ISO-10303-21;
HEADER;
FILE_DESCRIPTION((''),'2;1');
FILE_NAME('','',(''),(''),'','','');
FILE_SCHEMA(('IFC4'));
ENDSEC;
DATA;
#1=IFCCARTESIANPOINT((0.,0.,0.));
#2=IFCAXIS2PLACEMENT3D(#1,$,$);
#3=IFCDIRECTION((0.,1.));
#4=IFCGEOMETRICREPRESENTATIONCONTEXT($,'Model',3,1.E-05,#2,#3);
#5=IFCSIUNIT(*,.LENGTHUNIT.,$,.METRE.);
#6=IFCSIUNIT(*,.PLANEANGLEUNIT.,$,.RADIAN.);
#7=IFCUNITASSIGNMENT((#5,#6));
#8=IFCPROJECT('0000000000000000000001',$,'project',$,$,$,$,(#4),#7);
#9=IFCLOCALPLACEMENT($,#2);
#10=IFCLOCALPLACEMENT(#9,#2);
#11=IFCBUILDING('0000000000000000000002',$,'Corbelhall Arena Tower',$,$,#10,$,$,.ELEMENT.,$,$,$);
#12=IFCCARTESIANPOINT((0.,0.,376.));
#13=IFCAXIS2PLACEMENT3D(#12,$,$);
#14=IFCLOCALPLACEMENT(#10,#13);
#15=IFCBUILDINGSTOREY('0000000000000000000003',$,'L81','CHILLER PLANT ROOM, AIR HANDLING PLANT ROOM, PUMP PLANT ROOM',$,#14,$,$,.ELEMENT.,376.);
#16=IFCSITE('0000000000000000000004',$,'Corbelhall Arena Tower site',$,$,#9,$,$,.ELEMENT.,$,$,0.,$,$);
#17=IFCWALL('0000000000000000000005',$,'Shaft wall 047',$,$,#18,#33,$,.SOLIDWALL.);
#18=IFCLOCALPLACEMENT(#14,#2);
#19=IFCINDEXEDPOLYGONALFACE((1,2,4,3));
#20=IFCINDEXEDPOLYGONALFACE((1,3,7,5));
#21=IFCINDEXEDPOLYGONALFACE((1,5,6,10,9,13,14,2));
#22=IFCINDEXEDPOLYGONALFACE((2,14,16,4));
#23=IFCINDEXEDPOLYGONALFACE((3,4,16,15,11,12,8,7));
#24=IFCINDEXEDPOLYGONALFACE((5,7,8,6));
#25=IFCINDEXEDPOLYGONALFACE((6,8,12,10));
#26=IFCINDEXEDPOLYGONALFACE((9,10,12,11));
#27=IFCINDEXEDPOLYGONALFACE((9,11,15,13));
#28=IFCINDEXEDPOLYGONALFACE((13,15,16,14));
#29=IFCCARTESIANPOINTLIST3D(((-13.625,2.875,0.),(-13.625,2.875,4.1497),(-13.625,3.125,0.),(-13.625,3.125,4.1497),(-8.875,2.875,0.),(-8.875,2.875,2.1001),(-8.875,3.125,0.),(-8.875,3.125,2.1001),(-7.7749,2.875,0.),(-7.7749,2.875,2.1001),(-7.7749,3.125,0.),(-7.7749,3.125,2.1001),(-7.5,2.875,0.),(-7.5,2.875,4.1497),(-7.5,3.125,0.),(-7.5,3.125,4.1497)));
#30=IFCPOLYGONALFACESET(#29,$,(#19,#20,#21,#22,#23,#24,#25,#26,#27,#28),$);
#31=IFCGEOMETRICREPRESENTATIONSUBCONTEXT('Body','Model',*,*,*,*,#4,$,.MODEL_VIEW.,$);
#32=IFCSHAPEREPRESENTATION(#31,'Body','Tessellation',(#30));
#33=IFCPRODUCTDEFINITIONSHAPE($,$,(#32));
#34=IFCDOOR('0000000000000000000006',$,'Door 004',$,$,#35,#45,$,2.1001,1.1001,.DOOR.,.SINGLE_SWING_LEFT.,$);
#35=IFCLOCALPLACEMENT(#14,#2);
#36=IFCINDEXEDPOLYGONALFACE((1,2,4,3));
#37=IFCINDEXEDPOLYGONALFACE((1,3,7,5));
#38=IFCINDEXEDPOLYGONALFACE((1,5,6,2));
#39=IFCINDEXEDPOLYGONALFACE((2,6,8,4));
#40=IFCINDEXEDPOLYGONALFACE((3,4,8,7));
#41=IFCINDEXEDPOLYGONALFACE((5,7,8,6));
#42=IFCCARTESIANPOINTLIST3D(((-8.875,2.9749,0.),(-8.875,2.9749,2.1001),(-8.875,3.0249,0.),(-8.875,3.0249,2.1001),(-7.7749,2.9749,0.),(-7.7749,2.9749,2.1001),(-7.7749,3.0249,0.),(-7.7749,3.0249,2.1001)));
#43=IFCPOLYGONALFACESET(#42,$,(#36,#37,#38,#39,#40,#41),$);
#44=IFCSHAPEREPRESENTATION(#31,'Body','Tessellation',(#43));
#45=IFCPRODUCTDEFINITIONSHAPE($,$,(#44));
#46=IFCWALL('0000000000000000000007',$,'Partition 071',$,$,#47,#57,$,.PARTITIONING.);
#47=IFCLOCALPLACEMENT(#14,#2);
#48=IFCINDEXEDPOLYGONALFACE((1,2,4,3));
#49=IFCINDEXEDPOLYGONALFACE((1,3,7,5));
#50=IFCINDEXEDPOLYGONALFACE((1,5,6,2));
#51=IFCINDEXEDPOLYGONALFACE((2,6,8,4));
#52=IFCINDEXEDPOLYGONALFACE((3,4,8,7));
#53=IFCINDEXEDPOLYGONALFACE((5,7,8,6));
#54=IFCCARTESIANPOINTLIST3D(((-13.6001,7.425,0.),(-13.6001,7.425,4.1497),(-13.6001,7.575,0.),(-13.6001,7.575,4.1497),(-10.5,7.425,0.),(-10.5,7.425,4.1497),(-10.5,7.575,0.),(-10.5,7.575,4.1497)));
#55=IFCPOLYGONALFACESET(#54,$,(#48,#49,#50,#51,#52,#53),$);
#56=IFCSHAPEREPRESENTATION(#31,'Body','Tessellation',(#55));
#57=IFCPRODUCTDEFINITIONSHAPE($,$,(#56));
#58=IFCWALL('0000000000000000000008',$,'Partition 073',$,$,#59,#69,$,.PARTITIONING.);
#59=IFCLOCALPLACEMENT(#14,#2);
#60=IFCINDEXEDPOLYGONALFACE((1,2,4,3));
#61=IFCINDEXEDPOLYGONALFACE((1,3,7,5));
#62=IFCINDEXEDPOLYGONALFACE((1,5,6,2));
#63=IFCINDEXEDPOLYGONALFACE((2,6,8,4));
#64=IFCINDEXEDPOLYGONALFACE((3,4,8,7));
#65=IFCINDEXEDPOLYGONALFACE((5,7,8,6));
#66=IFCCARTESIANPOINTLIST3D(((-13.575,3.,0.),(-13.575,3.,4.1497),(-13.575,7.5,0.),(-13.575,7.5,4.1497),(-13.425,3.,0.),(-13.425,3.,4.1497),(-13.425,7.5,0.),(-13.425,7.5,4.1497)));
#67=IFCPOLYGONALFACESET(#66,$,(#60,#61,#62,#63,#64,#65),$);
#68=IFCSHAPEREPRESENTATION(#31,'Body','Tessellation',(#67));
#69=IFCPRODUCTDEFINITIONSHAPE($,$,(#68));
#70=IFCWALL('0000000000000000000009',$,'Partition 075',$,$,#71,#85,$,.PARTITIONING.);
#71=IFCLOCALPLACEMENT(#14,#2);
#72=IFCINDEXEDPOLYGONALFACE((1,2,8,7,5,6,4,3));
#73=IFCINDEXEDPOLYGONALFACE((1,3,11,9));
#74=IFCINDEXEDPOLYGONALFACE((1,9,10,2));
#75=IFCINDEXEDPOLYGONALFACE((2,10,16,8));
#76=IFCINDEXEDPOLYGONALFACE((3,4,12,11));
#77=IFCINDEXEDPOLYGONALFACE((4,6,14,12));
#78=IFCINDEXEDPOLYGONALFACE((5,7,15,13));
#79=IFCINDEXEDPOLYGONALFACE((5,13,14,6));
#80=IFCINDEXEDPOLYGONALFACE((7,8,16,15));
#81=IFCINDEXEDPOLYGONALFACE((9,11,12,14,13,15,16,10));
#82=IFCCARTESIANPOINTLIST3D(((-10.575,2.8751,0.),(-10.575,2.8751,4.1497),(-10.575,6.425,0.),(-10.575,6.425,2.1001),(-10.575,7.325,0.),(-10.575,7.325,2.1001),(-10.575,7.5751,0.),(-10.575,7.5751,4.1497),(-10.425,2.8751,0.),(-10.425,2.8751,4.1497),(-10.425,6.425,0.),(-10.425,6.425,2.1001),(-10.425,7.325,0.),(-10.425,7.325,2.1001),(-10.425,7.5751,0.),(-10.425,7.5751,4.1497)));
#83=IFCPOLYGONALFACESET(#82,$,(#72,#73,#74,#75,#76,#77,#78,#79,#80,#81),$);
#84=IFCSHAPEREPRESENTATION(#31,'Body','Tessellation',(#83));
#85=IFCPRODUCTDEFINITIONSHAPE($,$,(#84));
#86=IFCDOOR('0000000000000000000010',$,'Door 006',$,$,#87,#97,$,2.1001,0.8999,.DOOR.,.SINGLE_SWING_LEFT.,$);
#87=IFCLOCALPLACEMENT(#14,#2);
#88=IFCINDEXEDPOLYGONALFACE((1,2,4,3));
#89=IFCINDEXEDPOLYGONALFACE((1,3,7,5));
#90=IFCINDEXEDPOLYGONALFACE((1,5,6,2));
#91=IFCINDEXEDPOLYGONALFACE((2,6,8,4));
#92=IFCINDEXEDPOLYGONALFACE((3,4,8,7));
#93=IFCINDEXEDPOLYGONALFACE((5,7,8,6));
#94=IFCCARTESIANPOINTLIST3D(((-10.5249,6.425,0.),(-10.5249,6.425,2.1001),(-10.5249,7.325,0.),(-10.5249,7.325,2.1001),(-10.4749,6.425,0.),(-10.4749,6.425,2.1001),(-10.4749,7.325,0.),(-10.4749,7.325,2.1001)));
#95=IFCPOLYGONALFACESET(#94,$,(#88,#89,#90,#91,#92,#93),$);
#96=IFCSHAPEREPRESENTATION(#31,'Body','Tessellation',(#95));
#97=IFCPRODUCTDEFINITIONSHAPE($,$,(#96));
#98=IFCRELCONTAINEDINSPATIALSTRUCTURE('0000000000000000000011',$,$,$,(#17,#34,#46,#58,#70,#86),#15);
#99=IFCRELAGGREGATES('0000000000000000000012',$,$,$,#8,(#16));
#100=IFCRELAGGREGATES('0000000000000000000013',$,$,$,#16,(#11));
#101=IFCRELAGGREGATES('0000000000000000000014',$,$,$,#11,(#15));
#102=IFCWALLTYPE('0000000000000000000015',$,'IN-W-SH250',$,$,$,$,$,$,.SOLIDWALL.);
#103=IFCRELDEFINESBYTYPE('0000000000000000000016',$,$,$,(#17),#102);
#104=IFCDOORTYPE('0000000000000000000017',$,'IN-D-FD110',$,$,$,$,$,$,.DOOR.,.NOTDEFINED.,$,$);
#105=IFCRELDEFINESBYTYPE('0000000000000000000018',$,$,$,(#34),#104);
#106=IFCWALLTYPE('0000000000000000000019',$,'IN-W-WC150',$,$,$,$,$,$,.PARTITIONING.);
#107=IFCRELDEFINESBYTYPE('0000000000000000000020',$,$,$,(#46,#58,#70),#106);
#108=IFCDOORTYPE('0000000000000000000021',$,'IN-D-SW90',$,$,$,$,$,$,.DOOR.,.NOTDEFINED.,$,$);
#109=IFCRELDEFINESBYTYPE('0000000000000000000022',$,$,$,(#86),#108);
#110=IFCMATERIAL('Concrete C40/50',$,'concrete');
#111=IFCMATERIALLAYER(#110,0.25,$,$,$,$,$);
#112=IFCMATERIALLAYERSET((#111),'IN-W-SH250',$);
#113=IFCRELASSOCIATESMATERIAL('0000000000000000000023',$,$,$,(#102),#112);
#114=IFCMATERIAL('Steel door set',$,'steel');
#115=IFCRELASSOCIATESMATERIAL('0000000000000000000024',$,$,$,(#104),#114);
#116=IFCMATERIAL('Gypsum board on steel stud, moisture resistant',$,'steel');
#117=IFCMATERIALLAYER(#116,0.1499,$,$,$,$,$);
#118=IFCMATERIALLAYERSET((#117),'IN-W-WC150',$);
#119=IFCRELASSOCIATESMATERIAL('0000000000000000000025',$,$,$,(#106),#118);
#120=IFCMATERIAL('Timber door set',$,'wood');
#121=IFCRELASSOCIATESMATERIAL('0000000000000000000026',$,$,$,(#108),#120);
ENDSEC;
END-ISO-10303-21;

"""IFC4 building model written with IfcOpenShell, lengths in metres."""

from ifc_helpers import new_model, si_unit, direction, frame, frame_2d, origin, place, context, subcontext, project, spatial, rectangle, extrude, material, layer, layer_set, type_object, element, fill, save


model = new_model("IFC4")

# Units and contexts
model_context = context("Model", 3, precision=1e-05, world=origin(), true_north=direction((0.0, 1.0)))
body_context = subcontext(model_context, "Body", "Model", "MODEL_VIEW")
ifc_project = project(units=[si_unit("LENGTHUNIT", "METRE"), si_unit("PLANEANGLEUNIT", "RADIAN")], contexts=[model_context])

# Site, building, storey
site_placement = place(None, origin())
site = spatial("IfcSite", under=ifc_project, at=site_placement, Name="Corbelhall Arena Tower site", CompositionType="ELEMENT", RefElevation=0.0)
building_placement = place(site_placement, origin())
building = spatial("IfcBuilding", under=site, at=building_placement, Name="Corbelhall Arena Tower", CompositionType="ELEMENT")
storey_placement = place(building_placement, frame((0.0, 0.0, 376.0)))
storey = spatial("IfcBuildingStorey", under=building, at=storey_placement, Name="L81", Description="CHILLER PLANT ROOM, AIR HANDLING PLANT ROOM, PUMP PLANT ROOM", CompositionType="ELEMENT", Elevation=376.0)

# Shared definitions
ifc_material_1 = material(Name="Concrete C40/50", Category="concrete")
ifc_layer_1 = layer(ifc_material_1, 0.25)
ifc_layer_set_1 = layer_set([ifc_layer_1], Name="IN-W-SH250")
wall_type_1 = type_object("IfcWallType", Name="IN-W-SH250", PredefinedType="SOLIDWALL", material=ifc_layer_set_1)

# Wall, opening, door
wall_1_placement = place(storey_placement, frame((-13.625, 3.0, 0.0), z_axis=(0.0, 0.0, 1.0), x_axis=(1.0, 0.0, 0.0)))
wall_1 = element("IfcWall", 1, at=wall_1_placement, inside=storey, type_object=wall_type_1, Name="Shaft wall 047", PredefinedType="SOLIDWALL", context=body_context, shape_type="SweptSolid", body=[
    extrude(rectangle(XDim=6.125, YDim=0.25, at=frame_2d((3.0625, 0.0))), origin(), (0.0, 0.0, 1.0), 4.1497),
])
opening_1_placement = place(wall_1_placement, frame((4.75, 0.0, 0.0)))
opening_1 = element("IfcOpeningElement", 2, at=opening_1_placement, cuts=wall_1, PredefinedType="OPENING", context=body_context, shape_type="SweptSolid", body=[
    extrude(rectangle(XDim=1.1001, YDim=2.1001, at=frame_2d((0.55, 1.05))), frame((0.0, 0.125, 0.0), z_axis=(0.0, -1.0, 0.0), x_axis=(1.0, 0.0, 0.0)), (0.0, 0.0, 1.0), 0.25),
])
ifc_material_2 = material(Name="Steel door set", Category="steel")
door_type_1 = type_object("IfcDoorType", Name="IN-D-FD110", OperationType="NOTDEFINED", PredefinedType="DOOR", material=ifc_material_2)
door_1_placement = place(opening_1_placement, origin())
door_1 = element("IfcDoor", 3, at=door_1_placement, inside=storey, type_object=door_type_1, Name="Door 004", OperationType="SINGLE_SWING_LEFT", OverallHeight=2.1001, OverallWidth=1.1001, PredefinedType="DOOR", context=body_context, shape_type="SweptSolid", body=[
    extrude(rectangle(XDim=1.1001, YDim=2.1001, at=frame_2d((0.55, 1.05))), frame((0.0, 0.0249, 0.0), z_axis=(0.0, -1.0, 0.0), x_axis=(1.0, 0.0, 0.0)), (0.0, 0.0, 1.0), 0.05),
])
fill(opening_1, door_1)

# Walls
ifc_material_3 = material(Name="Gypsum board on steel stud, moisture resistant", Category="steel")
ifc_layer_2 = layer(ifc_material_3, 0.1499)
ifc_layer_set_2 = layer_set([ifc_layer_2], Name="IN-W-WC150")
wall_type_2 = type_object("IfcWallType", Name="IN-W-WC150", PredefinedType="PARTITIONING", material=ifc_layer_set_2)
wall_2_placement = place(storey_placement, frame((-13.6001, 7.5, 0.0), z_axis=(0.0, 0.0, 1.0), x_axis=(1.0, 0.0, 0.0)))
element("IfcWall", 4, at=wall_2_placement, inside=storey, type_object=wall_type_2, Name="Partition 071", PredefinedType="PARTITIONING", context=body_context, shape_type="SweptSolid", body=[
    extrude(rectangle(XDim=3.1001, YDim=0.1499, at=frame_2d((1.55, 0.0))), origin(), (0.0, 0.0, 1.0), 4.1497),
])
wall_3_placement = place(storey_placement, frame((-13.5, 3.0, 0.0), z_axis=(0.0, 0.0, 1.0), x_axis=(0.0, 1.0, 0.0)))
element("IfcWall", 5, at=wall_3_placement, inside=storey, type_object=wall_type_2, Name="Partition 073", PredefinedType="PARTITIONING", context=body_context, shape_type="SweptSolid", body=[
    extrude(rectangle(XDim=4.5, YDim=0.1499, at=frame_2d((2.25, 0.0))), origin(), (0.0, 0.0, 1.0), 4.1497),
])

# Wall, opening, door
wall_4_placement = place(storey_placement, frame((-10.5, 2.875, 0.0), z_axis=(0.0, 0.0, 1.0), x_axis=(0.0, 1.0, 0.0)))
wall_4 = element("IfcWall", 6, at=wall_4_placement, inside=storey, type_object=wall_type_2, Name="Partition 075", PredefinedType="PARTITIONING", context=body_context, shape_type="SweptSolid", body=[
    extrude(rectangle(XDim=4.7, YDim=0.1499, at=frame_2d((2.3501, 0.0))), origin(), (0.0, 0.0, 1.0), 4.1497),
])
opening_2_placement = place(wall_4_placement, frame((3.55, 0.0, 0.0)))
opening_2 = element("IfcOpeningElement", 7, at=opening_2_placement, cuts=wall_4, PredefinedType="OPENING", context=body_context, shape_type="SweptSolid", body=[
    extrude(rectangle(XDim=0.8999, YDim=2.1001, at=frame_2d((0.45, 1.05))), frame((0.0, 0.075, 0.0), z_axis=(0.0, -1.0, 0.0), x_axis=(1.0, 0.0, 0.0)), (0.0, 0.0, 1.0), 0.1499),
])
ifc_material_4 = material(Name="Timber door set", Category="wood")
door_type_2 = type_object("IfcDoorType", Name="IN-D-SW90", OperationType="NOTDEFINED", PredefinedType="DOOR", material=ifc_material_4)
door_2_placement = place(opening_2_placement, origin())
door_2 = element("IfcDoor", 8, at=door_2_placement, inside=storey, type_object=door_type_2, Name="Door 006", OperationType="SINGLE_SWING_LEFT", OverallHeight=2.1001, OverallWidth=0.8999, PredefinedType="DOOR", context=body_context, shape_type="SweptSolid", body=[
    extrude(rectangle(XDim=0.8999, YDim=2.1001, at=frame_2d((0.45, 1.05))), frame((0.0, 0.0249, 0.0), z_axis=(0.0, -1.0, 0.0), x_axis=(1.0, 0.0, 0.0)), (0.0, 0.0, 1.0), 0.05),
])
fill(opening_2, door_2)

save(model, "model.ifc")
